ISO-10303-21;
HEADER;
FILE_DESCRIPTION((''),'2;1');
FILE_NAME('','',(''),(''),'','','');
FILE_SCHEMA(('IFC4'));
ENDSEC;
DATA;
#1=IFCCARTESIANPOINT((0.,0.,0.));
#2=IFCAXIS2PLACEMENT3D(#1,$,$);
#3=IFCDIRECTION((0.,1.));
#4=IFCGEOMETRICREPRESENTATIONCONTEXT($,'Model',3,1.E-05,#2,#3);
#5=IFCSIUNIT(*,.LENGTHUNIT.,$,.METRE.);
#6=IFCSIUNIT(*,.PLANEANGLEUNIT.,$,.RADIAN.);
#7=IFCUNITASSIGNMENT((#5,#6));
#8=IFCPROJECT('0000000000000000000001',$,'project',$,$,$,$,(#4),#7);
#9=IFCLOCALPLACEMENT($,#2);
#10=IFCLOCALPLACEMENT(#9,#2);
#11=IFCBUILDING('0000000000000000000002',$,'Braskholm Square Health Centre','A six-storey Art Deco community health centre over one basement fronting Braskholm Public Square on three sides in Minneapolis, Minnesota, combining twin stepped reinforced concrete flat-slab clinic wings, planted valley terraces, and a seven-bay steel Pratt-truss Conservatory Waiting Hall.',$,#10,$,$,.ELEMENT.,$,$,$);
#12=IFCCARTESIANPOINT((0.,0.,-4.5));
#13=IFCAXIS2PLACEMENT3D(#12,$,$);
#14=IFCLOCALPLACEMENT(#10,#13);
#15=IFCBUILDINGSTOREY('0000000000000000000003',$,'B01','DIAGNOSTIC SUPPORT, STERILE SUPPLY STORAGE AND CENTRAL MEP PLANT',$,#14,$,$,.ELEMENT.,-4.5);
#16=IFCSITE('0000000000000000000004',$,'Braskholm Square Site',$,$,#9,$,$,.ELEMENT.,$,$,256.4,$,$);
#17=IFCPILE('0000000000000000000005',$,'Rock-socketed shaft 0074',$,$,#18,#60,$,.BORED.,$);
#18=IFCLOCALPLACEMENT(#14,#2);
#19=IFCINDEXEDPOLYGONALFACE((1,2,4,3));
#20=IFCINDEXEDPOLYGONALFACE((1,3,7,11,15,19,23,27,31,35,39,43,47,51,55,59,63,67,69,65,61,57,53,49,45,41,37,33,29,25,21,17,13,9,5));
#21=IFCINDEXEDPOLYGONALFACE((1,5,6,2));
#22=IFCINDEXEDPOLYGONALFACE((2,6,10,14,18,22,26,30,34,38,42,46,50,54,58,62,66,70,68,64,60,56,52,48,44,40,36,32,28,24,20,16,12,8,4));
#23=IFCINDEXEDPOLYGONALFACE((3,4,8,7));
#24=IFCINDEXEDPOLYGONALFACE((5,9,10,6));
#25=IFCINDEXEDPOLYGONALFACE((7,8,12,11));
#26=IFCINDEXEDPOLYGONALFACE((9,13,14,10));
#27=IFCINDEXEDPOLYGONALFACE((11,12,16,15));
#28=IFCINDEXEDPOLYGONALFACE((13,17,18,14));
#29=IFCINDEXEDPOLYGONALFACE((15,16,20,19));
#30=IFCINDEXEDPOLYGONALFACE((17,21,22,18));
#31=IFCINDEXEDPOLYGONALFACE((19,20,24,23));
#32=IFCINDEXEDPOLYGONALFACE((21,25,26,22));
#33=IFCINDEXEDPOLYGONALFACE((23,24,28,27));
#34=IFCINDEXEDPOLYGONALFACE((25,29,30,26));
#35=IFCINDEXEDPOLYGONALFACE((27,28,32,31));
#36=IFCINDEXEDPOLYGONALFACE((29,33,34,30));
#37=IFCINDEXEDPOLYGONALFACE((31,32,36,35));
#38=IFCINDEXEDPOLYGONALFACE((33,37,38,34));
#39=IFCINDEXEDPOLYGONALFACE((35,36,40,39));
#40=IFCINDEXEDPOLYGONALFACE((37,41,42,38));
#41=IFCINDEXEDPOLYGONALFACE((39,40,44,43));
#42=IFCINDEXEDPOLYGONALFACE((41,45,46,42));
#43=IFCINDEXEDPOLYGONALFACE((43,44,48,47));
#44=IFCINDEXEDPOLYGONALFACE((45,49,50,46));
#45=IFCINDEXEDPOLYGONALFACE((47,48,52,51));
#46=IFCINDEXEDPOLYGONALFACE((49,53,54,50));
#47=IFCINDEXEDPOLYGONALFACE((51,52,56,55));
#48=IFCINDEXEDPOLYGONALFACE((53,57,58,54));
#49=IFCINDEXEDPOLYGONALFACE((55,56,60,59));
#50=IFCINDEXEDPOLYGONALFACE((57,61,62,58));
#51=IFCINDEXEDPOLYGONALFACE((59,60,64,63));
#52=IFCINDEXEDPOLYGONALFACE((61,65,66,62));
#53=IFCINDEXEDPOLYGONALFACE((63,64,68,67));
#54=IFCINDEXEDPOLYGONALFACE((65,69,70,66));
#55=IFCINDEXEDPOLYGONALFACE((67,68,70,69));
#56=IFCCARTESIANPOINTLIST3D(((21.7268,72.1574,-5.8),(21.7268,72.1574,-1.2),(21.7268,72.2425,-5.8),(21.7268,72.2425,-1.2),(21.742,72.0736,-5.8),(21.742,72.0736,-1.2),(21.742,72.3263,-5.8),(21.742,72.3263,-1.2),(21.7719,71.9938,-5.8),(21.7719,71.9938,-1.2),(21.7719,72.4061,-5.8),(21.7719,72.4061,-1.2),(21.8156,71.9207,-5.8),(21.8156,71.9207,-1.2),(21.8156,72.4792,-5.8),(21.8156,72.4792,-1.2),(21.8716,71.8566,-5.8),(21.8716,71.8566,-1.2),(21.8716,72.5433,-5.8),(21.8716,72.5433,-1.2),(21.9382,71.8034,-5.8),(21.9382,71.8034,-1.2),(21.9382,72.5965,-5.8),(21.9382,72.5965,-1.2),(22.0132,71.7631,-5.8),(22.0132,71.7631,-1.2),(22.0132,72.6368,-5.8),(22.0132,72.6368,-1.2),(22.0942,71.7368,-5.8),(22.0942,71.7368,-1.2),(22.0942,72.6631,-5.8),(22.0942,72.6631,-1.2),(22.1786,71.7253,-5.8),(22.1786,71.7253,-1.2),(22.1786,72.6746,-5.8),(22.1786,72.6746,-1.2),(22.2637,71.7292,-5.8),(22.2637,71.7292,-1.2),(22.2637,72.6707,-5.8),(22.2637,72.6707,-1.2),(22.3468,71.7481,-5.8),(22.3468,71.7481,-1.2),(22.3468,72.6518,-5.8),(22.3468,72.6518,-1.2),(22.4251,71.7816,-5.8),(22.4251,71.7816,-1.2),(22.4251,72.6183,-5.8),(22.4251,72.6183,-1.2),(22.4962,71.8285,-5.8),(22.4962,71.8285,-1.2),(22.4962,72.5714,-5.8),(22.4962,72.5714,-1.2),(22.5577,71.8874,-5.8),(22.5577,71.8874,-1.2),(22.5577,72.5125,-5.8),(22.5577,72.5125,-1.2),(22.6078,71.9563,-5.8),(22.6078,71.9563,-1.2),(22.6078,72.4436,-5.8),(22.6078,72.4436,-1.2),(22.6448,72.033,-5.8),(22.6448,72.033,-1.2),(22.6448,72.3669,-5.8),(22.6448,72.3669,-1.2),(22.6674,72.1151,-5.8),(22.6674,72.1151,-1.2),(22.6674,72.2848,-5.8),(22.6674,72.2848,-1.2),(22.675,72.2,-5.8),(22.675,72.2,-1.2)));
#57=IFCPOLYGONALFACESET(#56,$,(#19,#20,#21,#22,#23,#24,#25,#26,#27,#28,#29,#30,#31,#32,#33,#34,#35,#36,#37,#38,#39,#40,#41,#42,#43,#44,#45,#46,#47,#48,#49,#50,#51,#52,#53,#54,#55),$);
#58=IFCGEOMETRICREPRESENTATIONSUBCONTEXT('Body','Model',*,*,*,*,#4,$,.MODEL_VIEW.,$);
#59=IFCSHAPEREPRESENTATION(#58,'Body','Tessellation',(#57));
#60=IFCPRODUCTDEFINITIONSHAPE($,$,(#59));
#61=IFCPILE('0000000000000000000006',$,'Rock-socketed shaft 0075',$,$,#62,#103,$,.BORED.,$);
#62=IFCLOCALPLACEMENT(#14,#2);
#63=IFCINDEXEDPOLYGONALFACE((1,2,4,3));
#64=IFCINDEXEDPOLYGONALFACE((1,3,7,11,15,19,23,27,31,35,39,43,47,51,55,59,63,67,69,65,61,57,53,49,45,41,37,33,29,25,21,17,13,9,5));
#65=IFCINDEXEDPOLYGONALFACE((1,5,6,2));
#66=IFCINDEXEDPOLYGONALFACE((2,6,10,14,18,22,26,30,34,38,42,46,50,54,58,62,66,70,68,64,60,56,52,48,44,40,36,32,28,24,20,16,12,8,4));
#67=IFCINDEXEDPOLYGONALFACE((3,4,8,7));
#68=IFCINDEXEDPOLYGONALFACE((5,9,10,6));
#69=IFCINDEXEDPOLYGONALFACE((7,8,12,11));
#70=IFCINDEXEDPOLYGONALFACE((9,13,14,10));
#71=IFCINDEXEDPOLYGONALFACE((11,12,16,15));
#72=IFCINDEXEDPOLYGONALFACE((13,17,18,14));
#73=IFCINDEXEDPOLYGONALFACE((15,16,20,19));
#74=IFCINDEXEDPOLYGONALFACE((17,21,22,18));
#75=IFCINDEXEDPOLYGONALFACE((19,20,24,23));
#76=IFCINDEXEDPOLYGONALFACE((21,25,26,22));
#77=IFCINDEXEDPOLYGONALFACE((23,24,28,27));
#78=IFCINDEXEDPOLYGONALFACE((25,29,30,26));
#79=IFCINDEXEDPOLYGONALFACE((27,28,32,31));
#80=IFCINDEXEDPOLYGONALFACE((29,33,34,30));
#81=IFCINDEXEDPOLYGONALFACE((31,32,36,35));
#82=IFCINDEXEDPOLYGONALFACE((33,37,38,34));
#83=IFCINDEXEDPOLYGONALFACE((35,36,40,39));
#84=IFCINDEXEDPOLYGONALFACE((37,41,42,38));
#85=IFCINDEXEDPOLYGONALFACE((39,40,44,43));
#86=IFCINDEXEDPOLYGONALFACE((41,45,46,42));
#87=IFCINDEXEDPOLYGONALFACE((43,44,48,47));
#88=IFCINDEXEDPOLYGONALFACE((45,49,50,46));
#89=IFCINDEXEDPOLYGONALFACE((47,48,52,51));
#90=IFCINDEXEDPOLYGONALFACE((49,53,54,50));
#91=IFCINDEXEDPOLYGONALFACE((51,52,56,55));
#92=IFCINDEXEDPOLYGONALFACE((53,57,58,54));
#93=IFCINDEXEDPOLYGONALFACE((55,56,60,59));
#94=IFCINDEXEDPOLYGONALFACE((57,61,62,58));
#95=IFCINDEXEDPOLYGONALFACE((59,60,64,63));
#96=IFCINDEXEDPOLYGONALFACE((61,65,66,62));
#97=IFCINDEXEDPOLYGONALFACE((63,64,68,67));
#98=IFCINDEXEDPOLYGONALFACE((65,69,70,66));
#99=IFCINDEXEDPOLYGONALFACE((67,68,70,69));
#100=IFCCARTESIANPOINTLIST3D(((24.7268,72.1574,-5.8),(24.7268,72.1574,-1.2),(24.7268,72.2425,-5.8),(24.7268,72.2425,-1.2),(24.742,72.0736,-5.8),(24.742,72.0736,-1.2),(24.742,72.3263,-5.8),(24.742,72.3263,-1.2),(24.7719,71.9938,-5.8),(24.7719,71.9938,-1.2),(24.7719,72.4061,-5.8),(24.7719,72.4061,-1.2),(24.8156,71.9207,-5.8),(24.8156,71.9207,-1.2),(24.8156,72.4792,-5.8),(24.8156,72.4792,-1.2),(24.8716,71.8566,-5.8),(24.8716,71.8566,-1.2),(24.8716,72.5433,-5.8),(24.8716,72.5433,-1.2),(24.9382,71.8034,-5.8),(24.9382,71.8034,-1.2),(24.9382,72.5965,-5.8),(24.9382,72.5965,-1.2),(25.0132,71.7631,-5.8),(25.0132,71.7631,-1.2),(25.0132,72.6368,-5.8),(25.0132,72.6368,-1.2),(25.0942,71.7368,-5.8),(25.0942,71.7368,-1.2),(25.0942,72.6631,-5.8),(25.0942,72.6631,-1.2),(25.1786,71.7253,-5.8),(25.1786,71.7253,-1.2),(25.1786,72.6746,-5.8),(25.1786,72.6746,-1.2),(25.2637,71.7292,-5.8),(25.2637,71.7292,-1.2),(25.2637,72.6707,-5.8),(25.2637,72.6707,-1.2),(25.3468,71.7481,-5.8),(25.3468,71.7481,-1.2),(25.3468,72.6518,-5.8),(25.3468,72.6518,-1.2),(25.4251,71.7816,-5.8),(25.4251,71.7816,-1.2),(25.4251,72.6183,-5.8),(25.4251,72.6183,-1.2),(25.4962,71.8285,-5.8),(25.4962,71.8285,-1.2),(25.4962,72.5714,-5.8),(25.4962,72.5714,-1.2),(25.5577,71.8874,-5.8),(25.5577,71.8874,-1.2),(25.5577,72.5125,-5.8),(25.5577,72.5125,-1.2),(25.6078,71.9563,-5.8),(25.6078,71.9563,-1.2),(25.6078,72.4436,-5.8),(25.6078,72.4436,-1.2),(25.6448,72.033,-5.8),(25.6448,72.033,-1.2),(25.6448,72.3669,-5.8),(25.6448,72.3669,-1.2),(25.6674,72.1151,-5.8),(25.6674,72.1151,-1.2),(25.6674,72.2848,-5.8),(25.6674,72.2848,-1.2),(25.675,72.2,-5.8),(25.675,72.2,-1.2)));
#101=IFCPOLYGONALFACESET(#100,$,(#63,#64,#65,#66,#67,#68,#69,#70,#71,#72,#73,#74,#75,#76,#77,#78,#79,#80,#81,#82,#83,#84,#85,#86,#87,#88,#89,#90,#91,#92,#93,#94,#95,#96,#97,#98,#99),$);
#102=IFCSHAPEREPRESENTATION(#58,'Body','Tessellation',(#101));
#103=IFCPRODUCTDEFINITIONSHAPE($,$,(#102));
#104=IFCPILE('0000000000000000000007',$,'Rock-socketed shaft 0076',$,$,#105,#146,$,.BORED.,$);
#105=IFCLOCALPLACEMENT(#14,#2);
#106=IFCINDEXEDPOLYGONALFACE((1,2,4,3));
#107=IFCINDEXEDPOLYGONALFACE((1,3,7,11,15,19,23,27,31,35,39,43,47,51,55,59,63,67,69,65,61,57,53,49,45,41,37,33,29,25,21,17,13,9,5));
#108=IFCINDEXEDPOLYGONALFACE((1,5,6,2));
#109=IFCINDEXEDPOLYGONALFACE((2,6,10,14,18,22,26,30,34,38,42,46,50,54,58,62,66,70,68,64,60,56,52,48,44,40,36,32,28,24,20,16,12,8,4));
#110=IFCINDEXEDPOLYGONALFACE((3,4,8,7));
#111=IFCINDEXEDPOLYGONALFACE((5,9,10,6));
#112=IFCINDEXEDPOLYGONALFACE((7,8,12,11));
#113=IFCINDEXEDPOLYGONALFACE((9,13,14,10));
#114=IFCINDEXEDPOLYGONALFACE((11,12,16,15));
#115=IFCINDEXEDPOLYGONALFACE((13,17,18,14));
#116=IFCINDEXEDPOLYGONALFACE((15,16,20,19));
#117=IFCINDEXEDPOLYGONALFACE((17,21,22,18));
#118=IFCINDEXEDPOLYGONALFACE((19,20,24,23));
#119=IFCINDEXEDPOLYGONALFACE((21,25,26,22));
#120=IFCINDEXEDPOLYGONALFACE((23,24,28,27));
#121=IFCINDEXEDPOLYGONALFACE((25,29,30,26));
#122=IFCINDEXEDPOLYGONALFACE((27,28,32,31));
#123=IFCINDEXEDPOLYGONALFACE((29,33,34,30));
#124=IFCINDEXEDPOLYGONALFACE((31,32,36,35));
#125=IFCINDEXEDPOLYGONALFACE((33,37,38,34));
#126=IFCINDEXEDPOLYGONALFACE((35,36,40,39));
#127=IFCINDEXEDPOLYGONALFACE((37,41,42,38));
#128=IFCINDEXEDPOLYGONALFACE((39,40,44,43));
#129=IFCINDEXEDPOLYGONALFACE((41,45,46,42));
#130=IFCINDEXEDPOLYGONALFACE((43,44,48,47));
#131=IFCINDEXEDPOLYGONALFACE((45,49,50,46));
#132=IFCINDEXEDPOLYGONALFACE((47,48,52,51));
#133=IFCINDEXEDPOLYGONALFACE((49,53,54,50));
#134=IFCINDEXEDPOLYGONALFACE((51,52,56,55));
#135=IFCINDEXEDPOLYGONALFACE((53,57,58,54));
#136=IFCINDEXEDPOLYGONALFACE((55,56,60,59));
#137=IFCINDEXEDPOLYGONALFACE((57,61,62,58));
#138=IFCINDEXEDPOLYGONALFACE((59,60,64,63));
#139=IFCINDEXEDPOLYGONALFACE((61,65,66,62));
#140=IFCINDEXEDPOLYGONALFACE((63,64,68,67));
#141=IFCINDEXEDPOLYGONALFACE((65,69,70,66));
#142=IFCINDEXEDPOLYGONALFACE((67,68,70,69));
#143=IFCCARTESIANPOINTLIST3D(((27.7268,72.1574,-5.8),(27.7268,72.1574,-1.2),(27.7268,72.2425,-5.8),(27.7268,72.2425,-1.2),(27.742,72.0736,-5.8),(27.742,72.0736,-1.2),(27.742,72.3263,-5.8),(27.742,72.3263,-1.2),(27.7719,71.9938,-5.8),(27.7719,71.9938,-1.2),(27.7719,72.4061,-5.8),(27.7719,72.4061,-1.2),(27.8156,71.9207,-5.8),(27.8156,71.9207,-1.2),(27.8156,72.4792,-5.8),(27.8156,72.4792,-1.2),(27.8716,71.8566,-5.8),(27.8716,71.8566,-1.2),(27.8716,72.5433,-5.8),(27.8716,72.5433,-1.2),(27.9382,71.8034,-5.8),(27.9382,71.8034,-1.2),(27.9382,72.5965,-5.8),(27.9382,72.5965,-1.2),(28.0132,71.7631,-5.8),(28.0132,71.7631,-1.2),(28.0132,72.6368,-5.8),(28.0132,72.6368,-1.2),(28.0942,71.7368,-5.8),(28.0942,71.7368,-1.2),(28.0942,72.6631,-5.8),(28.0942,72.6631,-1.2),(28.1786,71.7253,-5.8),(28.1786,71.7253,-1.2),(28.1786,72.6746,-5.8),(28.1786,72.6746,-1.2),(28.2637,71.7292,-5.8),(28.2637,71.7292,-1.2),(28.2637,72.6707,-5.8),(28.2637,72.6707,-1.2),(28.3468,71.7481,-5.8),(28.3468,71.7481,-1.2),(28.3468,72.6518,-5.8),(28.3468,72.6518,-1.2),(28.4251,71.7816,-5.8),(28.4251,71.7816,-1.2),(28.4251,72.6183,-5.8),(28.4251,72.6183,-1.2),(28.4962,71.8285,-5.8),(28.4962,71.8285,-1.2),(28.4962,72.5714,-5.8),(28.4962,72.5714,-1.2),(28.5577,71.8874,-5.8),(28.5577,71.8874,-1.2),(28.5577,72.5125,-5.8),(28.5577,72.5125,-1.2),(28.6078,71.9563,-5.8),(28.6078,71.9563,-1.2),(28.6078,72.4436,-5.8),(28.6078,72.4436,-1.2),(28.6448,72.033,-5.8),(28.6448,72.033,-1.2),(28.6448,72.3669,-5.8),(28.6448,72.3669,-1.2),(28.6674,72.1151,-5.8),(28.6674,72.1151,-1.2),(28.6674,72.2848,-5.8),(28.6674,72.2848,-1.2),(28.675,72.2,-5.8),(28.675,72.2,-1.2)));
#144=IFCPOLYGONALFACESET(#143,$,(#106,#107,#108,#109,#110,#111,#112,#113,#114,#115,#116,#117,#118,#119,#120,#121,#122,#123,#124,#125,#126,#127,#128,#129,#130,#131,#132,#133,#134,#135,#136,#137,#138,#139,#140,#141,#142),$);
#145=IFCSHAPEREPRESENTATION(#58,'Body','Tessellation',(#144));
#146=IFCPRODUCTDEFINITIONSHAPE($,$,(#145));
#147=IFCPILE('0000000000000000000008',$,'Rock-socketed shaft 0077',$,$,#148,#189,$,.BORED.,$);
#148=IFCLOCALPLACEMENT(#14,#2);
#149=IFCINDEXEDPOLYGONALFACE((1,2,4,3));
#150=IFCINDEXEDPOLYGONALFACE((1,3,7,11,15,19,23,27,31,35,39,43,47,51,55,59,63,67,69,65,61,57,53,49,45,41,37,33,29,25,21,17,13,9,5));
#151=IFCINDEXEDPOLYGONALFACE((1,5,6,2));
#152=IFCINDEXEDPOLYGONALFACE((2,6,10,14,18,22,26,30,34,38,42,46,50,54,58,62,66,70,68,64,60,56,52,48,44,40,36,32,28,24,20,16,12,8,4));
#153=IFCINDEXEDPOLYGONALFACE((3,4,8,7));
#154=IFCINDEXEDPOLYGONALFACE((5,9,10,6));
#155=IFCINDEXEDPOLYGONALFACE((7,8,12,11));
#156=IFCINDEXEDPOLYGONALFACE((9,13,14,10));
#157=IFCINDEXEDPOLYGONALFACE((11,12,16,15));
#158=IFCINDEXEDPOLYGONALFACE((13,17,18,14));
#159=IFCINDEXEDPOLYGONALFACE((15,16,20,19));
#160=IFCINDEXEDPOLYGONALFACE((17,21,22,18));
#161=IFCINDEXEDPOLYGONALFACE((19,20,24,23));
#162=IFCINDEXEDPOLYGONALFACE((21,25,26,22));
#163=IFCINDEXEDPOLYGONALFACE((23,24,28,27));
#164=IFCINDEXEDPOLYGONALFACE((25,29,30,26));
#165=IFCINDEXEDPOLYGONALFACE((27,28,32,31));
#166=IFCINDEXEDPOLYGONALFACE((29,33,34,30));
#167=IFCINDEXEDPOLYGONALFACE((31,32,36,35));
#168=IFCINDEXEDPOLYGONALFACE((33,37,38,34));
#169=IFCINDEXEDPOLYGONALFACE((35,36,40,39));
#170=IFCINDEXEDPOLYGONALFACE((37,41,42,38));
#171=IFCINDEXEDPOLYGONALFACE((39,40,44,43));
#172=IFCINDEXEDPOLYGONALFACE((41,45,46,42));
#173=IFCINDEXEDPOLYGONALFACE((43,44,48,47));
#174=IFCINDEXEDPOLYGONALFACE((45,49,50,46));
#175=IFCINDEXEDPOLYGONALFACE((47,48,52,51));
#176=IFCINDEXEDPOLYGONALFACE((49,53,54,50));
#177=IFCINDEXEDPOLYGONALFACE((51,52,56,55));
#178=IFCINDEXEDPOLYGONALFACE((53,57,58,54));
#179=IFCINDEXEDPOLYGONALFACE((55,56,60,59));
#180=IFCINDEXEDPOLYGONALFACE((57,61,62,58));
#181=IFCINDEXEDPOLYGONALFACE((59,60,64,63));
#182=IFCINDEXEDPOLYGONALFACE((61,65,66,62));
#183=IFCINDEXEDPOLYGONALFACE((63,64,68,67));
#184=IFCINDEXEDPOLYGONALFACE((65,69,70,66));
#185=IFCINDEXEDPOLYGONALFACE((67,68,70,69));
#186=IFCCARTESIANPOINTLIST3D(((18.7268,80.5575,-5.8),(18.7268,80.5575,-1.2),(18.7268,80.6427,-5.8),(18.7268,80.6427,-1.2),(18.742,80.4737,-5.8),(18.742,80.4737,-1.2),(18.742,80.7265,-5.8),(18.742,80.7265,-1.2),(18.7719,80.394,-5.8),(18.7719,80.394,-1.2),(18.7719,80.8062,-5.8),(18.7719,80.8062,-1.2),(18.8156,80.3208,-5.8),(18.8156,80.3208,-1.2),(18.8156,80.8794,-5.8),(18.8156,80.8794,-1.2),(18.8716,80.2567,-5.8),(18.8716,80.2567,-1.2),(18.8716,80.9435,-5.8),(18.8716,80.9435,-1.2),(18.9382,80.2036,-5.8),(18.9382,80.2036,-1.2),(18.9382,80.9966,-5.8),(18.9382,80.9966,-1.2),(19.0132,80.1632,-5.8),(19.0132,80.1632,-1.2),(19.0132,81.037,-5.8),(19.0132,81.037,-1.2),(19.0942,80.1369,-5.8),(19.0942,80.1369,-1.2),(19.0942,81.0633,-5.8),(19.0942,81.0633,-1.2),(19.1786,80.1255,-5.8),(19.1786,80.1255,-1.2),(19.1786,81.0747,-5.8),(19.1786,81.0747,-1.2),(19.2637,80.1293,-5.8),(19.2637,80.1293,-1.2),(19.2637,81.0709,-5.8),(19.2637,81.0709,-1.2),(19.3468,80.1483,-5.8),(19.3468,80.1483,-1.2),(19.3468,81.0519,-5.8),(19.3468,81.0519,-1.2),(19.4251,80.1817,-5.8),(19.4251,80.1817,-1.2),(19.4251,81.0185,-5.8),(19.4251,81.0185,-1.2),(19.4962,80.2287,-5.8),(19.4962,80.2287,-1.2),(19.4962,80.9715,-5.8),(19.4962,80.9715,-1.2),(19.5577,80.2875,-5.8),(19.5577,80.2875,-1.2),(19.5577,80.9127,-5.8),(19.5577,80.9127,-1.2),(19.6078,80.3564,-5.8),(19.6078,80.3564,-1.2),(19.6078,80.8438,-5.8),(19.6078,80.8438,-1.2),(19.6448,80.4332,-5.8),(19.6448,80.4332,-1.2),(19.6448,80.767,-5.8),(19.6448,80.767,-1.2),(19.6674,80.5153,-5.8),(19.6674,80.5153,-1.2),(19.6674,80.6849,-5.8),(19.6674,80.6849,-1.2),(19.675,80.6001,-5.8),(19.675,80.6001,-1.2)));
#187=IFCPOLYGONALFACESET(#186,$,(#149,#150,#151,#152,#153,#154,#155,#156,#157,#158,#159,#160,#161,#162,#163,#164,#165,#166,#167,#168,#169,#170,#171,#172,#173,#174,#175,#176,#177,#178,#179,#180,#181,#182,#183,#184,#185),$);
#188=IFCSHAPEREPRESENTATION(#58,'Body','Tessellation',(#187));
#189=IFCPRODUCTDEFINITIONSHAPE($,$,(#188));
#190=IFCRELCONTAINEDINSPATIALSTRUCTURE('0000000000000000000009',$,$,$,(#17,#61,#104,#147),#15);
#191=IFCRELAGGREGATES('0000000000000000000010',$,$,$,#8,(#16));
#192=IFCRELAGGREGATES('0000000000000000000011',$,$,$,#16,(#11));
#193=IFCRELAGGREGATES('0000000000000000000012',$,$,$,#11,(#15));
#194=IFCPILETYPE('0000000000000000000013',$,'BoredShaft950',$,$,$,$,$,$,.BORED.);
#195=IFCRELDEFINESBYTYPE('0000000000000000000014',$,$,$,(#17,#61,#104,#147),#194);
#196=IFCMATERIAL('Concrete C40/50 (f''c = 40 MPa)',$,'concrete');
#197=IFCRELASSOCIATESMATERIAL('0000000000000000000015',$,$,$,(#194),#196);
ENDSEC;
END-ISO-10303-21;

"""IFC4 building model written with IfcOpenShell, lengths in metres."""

from ifc_helpers import new_model, si_unit, direction, frame, origin, origin_2d, place, context, subcontext, project, spatial, circle, extrude, material, material_profile, profile_set, type_object, element, save


model = new_model("IFC4")

# Units and contexts
model_context = context("Model", 3, precision=1e-05, world=origin(), true_north=direction((0.0, 1.0)))
body_context = subcontext(model_context, "Body", "Model", "MODEL_VIEW")
ifc_project = project(units=[si_unit("LENGTHUNIT", "METRE"), si_unit("PLANEANGLEUNIT", "RADIAN")], contexts=[model_context])

# Site, building, storey
site_placement = place(None, origin())
site = spatial("IfcSite", under=ifc_project, at=site_placement, Name="Braskholm Square Site", CompositionType="ELEMENT", RefElevation=256.4)
building_placement = place(site_placement, origin())
building = spatial("IfcBuilding", under=site, at=building_placement, Name="Braskholm Square Health Centre", Description="A six-storey Art Deco community health centre over one basement fronting Braskholm Public Square on three sides in Minneapolis, Minnesota, combining twin stepped reinforced concrete flat-slab clinic wings, planted valley terraces, and a seven-bay steel Pratt-truss Conservatory Waiting Hall.", CompositionType="ELEMENT")
storey_placement = place(building_placement, frame((0.0, 0.0, -4.5)))
storey = spatial("IfcBuildingStorey", under=building, at=storey_placement, Name="B01", Description="DIAGNOSTIC SUPPORT, STERILE SUPPLY STORAGE AND CENTRAL MEP PLANT", CompositionType="ELEMENT", Elevation=-4.5)

# Piles
ifc_material_1 = material(Name="Concrete C40/50 (f'c = 40 MPa)", Category="concrete")
ifc_material_profile_1 = material_profile(ifc_material_1, circle(Radius=0.4751, at=origin_2d()), Name="BORED-PILE-950")
ifc_profile_set_1 = profile_set([ifc_material_profile_1], Name="Concrete C40/50 (f'c = 40 MPa)")
pile_type = type_object("IfcPileType", Name="BoredShaft950", PredefinedType="BORED", material=ifc_profile_set_1)
for number, where, z_axis, x_axis, name in (
    (1, (22.2, 72.2, -1.2), (0.0, 0.0, -1.0), (1.0, 0.0, 0.0), "Rock-socketed shaft 0074"),
    (2, (25.2, 72.2, -1.2), (0.0, 0.0, -1.0), (1.0, 0.0, 0.0), "Rock-socketed shaft 0075"),
    (3, (28.2, 72.2, -1.2), (0.0, 0.0, -1.0), (1.0, 0.0, 0.0), "Rock-socketed shaft 0076"),
    (4, (19.2, 80.6001, -1.2), (0.0, 0.0, -1.0), (1.0, 0.0, 0.0), "Rock-socketed shaft 0077"),
):
    element("IfcPile", number, at=place(storey_placement, frame(where, z_axis=z_axis, x_axis=x_axis)), inside=storey, type_object=pile_type, Name=name, PredefinedType="BORED", context=body_context, shape_type="SweptSolid", body=[
        extrude(circle(Radius=0.4751, at=origin_2d()), origin(), (0.0, 0.0, 1.0), 4.6001),
    ])

save(model, "model.ifc")
